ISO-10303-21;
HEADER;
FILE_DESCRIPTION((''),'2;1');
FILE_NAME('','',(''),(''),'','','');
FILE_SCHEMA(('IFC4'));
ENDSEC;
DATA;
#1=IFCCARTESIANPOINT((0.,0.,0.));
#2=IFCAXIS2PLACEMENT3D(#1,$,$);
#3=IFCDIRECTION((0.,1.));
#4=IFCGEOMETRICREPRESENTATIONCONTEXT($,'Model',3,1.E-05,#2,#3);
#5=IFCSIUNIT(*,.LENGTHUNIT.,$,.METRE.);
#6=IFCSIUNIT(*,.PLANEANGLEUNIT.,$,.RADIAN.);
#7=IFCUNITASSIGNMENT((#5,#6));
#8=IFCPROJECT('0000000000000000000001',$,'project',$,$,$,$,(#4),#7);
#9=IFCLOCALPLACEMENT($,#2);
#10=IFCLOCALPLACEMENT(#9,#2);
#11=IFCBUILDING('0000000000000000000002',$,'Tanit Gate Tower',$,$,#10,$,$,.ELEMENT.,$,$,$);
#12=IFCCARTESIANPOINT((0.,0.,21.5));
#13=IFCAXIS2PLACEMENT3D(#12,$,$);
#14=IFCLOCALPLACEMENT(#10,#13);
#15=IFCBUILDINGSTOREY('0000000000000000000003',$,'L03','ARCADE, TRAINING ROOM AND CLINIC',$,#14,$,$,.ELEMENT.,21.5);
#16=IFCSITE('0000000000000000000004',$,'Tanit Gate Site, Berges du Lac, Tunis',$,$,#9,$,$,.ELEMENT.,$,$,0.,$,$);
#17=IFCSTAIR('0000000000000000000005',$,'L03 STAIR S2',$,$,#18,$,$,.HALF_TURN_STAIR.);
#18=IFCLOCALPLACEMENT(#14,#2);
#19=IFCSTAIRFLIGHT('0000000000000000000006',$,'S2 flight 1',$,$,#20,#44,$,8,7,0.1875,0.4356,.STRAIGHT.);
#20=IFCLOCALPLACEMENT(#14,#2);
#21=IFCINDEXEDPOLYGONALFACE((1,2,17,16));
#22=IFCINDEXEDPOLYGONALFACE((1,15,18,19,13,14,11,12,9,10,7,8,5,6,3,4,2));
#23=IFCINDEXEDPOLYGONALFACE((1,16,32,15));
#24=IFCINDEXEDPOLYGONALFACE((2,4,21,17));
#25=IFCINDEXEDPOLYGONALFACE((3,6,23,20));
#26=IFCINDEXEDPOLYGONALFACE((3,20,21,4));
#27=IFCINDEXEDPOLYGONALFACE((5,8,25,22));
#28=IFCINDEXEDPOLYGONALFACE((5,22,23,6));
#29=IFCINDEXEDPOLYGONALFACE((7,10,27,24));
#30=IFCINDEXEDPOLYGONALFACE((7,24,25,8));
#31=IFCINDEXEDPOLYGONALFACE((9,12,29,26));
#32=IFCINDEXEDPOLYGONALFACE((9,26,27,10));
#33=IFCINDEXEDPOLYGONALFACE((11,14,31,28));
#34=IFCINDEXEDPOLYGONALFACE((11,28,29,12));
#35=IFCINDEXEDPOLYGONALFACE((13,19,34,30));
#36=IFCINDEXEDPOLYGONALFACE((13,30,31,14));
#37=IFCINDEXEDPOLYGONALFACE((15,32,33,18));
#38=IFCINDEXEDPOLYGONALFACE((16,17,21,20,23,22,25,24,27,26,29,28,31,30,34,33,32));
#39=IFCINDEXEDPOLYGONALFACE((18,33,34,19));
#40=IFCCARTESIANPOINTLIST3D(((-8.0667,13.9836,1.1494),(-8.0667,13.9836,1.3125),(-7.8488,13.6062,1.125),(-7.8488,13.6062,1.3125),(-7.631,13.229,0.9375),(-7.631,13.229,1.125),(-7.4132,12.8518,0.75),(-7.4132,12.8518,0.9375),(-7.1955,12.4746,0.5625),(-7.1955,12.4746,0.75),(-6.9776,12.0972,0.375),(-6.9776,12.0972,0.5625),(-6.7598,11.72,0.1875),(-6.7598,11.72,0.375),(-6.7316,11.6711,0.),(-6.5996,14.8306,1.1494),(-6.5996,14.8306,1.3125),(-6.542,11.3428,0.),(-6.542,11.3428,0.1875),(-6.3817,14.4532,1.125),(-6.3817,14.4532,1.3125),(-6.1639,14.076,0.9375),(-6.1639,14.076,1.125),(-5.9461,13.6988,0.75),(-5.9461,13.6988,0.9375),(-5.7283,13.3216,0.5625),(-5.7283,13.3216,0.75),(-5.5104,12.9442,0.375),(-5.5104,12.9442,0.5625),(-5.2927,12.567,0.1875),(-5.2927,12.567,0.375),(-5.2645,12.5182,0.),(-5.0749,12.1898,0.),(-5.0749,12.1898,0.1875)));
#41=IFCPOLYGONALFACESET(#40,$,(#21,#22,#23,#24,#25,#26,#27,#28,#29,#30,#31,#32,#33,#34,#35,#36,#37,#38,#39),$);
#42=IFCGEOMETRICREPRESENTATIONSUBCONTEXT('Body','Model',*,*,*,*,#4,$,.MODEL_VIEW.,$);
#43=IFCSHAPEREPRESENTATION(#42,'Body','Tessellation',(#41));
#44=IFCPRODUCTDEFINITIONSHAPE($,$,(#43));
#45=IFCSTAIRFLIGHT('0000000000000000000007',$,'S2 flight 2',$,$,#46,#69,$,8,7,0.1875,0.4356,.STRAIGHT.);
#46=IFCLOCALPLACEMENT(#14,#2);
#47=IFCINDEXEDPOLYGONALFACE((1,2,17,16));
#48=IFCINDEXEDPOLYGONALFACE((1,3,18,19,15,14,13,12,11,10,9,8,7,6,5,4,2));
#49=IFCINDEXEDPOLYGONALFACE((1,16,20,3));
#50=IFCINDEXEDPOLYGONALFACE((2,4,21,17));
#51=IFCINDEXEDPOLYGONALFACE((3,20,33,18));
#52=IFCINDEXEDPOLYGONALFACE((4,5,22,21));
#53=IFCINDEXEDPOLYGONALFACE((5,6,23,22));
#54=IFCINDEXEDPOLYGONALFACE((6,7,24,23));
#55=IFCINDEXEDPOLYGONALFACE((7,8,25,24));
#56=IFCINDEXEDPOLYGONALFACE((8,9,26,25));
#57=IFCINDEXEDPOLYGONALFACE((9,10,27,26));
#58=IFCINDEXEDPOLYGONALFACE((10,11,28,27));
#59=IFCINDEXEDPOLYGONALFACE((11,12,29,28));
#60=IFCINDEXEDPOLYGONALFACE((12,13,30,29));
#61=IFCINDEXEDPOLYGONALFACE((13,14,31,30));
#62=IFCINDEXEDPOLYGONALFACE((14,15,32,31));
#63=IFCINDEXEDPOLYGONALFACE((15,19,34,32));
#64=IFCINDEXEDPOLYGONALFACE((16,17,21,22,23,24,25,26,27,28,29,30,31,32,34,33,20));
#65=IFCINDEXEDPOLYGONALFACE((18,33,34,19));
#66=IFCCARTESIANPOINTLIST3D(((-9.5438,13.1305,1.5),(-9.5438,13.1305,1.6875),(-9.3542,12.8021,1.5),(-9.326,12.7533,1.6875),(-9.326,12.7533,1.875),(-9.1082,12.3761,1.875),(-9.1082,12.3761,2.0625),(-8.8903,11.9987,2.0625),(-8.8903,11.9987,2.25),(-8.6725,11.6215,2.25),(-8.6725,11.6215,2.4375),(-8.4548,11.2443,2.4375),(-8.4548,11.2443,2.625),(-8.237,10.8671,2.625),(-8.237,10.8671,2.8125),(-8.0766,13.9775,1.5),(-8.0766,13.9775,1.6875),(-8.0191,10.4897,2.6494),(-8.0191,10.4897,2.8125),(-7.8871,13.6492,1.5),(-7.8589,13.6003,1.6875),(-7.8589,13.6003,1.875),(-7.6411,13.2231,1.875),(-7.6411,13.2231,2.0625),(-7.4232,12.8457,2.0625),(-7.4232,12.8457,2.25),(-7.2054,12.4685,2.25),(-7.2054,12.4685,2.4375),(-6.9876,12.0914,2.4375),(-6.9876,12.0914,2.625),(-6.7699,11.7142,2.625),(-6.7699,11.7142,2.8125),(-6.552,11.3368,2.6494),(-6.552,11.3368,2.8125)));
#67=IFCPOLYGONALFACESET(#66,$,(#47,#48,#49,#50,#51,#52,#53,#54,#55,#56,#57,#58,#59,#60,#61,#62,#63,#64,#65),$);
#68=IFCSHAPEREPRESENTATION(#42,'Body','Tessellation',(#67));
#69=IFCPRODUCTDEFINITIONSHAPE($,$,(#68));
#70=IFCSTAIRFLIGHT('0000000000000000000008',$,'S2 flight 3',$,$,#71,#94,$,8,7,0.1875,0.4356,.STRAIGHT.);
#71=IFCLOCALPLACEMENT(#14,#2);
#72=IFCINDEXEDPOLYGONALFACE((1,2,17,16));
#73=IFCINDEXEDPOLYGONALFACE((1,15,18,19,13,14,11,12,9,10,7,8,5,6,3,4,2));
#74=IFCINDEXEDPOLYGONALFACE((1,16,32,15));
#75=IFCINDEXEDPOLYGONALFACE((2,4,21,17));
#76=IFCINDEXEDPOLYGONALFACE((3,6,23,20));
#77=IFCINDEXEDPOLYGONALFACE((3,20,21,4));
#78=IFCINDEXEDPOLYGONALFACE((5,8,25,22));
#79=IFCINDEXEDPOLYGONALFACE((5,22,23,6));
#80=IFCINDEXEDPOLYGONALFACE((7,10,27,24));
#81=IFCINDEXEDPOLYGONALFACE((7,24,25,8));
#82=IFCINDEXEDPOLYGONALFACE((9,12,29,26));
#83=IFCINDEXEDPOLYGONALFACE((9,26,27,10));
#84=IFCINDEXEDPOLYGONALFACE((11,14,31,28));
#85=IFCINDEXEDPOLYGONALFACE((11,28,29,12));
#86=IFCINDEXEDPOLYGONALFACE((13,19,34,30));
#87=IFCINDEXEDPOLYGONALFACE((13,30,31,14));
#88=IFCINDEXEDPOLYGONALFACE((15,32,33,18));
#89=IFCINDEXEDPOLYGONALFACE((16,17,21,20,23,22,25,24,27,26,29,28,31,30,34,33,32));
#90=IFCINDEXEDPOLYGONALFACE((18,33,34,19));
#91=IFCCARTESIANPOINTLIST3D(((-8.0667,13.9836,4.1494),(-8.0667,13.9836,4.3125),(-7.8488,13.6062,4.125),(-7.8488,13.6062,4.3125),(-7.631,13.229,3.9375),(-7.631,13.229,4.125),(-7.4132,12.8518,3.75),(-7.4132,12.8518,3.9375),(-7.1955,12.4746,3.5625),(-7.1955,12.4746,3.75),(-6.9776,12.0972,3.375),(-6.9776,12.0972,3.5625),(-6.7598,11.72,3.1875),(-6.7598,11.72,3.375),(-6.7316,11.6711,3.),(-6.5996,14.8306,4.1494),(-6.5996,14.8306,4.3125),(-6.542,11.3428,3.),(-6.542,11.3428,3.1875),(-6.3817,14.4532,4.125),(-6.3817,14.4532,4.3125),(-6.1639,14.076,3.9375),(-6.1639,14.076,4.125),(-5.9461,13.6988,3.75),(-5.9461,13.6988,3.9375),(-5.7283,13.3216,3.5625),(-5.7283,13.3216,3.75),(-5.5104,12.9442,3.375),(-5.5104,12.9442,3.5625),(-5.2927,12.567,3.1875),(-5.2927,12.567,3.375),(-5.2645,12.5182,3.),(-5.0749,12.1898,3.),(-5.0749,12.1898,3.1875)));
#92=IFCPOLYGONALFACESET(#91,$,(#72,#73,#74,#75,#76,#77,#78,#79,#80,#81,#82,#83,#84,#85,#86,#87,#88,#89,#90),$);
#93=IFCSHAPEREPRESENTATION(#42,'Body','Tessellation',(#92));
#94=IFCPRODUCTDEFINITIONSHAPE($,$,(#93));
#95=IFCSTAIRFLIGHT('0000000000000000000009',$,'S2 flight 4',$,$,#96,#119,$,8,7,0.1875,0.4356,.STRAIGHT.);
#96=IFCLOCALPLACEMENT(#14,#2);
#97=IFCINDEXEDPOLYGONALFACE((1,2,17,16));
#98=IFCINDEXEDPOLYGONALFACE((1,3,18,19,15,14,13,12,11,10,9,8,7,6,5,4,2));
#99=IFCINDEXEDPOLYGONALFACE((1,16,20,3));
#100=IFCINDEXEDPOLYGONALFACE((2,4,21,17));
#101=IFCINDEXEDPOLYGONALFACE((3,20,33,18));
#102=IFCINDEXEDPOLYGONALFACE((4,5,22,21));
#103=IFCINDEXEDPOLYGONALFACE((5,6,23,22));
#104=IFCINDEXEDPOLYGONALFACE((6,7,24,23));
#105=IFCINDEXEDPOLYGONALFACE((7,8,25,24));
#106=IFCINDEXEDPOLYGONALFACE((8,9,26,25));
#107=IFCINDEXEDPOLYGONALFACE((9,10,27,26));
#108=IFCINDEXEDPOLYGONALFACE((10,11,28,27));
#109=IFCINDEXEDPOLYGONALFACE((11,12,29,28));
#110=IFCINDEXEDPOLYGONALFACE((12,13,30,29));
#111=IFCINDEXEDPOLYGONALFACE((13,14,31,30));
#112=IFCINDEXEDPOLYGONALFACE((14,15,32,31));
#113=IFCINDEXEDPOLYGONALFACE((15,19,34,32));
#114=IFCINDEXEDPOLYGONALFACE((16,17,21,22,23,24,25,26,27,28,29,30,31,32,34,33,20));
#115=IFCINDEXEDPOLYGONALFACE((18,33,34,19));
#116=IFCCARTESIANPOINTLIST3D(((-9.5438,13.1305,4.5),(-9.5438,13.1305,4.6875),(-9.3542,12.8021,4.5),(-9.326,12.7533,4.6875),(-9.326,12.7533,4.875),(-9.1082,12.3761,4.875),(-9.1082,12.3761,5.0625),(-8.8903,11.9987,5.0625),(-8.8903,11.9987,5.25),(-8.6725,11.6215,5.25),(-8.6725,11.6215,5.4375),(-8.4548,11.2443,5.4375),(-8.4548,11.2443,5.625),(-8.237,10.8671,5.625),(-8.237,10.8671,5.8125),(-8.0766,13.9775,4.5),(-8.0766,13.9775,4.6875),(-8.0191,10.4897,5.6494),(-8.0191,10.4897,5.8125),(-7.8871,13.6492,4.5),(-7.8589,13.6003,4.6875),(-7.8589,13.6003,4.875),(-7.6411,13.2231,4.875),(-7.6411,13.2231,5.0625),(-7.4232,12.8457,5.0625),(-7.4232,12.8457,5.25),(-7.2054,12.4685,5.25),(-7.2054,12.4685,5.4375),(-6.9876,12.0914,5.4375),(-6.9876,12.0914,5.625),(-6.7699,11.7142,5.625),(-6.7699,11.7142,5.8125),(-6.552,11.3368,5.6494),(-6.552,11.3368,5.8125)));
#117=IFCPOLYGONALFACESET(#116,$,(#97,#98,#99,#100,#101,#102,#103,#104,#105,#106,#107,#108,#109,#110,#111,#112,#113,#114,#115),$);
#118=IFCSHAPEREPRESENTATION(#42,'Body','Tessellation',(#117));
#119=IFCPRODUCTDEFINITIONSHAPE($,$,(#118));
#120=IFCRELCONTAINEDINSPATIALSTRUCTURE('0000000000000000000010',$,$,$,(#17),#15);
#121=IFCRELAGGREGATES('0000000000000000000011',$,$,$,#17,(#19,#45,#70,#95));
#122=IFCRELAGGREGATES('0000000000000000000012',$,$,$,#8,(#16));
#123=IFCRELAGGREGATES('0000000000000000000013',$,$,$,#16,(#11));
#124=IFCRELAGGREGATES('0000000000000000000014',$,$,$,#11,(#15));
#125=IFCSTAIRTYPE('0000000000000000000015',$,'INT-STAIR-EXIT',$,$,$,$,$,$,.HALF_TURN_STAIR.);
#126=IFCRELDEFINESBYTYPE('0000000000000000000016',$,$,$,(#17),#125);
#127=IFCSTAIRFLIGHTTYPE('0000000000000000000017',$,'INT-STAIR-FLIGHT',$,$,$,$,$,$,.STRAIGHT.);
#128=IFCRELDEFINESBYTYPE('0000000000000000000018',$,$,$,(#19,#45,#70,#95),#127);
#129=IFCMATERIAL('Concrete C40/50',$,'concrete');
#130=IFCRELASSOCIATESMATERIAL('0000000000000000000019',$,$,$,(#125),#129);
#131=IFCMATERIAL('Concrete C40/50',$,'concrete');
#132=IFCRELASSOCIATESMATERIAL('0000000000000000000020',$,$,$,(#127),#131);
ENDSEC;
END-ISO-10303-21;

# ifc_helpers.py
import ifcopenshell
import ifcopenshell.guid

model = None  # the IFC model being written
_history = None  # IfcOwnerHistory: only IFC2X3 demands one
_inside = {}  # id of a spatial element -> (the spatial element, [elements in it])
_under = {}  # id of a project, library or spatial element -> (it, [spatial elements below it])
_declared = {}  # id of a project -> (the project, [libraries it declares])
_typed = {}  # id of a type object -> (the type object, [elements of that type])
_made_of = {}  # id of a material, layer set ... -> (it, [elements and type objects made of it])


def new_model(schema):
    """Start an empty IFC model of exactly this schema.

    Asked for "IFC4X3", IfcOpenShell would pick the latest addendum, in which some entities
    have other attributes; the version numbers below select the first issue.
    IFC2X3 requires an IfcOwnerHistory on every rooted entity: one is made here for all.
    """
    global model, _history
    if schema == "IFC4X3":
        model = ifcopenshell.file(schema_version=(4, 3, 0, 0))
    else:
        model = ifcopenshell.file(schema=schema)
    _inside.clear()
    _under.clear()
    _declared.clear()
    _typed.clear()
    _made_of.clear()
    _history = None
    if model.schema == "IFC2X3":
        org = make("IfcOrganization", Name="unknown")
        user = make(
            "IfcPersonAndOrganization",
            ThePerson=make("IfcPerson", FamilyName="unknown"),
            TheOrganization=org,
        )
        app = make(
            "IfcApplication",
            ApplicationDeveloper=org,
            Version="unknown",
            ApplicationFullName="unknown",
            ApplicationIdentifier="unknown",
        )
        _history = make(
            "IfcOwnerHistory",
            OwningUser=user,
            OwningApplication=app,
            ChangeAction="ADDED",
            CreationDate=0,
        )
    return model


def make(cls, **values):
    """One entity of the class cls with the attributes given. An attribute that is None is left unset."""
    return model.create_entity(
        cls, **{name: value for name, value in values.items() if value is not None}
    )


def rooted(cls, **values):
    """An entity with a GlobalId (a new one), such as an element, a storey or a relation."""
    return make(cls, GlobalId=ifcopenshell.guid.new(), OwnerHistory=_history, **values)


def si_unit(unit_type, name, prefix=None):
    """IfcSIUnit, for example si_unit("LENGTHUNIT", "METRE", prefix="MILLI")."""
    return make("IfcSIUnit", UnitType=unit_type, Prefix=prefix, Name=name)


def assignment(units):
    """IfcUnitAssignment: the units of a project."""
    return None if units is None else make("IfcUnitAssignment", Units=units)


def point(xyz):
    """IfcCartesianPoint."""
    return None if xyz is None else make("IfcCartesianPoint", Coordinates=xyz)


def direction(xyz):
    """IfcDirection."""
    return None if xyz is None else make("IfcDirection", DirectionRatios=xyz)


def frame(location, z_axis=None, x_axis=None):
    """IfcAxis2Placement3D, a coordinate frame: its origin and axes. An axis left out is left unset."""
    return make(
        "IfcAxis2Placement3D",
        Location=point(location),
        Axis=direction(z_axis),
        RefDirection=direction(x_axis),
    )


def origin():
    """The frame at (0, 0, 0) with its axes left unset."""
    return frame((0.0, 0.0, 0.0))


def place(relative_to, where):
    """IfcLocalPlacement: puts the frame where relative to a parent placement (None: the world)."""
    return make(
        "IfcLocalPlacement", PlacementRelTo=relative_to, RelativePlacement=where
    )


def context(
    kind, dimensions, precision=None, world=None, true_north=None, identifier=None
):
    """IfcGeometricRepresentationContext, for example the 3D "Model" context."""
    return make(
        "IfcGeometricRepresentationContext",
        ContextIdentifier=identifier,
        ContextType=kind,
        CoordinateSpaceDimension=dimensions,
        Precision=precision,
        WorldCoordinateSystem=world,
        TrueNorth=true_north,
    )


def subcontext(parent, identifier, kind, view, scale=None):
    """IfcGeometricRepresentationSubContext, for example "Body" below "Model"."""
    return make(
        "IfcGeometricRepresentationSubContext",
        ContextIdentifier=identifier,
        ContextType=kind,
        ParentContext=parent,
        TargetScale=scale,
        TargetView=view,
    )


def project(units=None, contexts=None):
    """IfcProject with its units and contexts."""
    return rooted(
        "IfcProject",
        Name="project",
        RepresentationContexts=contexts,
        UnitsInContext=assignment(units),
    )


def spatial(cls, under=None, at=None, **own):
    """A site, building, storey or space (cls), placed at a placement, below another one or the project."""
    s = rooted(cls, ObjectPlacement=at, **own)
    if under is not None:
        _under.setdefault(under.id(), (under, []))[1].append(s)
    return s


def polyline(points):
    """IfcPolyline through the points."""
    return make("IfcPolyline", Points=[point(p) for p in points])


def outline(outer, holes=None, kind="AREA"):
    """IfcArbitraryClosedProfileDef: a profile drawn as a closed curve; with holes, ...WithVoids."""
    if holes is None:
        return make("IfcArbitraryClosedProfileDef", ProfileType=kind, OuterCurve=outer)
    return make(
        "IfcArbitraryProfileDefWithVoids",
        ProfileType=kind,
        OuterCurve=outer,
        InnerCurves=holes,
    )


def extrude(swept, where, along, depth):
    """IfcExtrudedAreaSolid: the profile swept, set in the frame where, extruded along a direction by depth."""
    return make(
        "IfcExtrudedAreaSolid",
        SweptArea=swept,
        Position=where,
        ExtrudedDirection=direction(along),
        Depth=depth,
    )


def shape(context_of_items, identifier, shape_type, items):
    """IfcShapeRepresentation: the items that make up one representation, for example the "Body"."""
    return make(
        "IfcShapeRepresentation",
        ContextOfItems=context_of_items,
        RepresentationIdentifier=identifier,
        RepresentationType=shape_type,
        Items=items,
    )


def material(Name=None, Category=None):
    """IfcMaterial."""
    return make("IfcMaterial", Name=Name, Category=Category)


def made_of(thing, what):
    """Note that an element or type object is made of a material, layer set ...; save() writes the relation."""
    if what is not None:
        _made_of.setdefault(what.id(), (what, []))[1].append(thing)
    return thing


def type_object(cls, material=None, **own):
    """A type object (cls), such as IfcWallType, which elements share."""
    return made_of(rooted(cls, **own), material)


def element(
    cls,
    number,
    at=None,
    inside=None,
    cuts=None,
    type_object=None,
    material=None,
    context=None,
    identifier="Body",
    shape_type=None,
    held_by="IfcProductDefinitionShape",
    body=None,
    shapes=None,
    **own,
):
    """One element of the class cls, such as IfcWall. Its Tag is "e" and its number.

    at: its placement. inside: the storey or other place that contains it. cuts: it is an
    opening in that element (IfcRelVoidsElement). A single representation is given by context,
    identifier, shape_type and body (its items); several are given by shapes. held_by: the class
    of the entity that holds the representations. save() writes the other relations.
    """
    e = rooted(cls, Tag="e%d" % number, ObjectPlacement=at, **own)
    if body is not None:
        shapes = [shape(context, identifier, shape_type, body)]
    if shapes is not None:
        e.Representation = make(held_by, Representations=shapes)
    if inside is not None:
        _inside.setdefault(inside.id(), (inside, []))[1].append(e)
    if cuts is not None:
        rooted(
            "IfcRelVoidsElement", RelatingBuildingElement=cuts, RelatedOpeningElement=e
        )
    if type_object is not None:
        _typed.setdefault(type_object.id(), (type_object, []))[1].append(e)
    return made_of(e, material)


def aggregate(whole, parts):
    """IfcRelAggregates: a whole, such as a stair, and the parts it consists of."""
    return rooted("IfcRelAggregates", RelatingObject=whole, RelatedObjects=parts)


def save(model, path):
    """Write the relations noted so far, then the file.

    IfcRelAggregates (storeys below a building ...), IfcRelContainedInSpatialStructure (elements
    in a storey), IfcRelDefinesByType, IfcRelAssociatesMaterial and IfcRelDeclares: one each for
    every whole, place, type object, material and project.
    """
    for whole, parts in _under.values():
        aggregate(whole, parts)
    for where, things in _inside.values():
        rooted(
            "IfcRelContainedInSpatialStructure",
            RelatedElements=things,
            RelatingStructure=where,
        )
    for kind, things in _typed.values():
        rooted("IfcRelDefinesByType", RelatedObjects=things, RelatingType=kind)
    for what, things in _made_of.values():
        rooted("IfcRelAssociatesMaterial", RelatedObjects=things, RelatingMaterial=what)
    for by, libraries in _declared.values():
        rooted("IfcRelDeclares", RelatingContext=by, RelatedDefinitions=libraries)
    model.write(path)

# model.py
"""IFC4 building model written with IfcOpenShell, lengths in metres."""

from ifc_helpers import new_model, si_unit, direction, frame, origin, place, context, subcontext, project, spatial, polyline, outline, extrude, material, type_object, element, aggregate, save


model = new_model("IFC4")

# Units and contexts
model_context = context("Model", 3, precision=1e-05, world=origin(), true_north=direction((0.0, 1.0)))
body_context = subcontext(model_context, "Body", "Model", "MODEL_VIEW")
ifc_project = project(units=[si_unit("LENGTHUNIT", "METRE"), si_unit("PLANEANGLEUNIT", "RADIAN")], contexts=[model_context])

# Site, building, storey
site_placement = place(None, origin())
site = spatial("IfcSite", under=ifc_project, at=site_placement, Name="Tanit Gate Site, Berges du Lac, Tunis", CompositionType="ELEMENT", RefElevation=0.0)
building_placement = place(site_placement, origin())
building = spatial("IfcBuilding", under=site, at=building_placement, Name="Tanit Gate Tower", CompositionType="ELEMENT")
storey_placement = place(building_placement, frame((0.0, 0.0, 21.5)))
storey = spatial("IfcBuildingStorey", under=building, at=storey_placement, Name="L03", Description="ARCADE, TRAINING ROOM AND CLINIC", CompositionType="ELEMENT", Elevation=21.5)

# Stair, stair flights
ifc_material_1 = material(Name="Concrete C40/50", Category="concrete")
stair_type = type_object("IfcStairType", Name="INT-STAIR-EXIT", PredefinedType="HALF_TURN_STAIR", material=ifc_material_1)
stair_placement = place(storey_placement, origin())
stair = element("IfcStair", 1, at=stair_placement, inside=storey, type_object=stair_type, Name="L03 STAIR S2", PredefinedType="HALF_TURN_STAIR")
ifc_material_2 = material(Name="Concrete C40/50", Category="concrete")
stair_flight_type = type_object("IfcStairFlightType", Name="INT-STAIR-FLIGHT", PredefinedType="STRAIGHT", material=ifc_material_2)
stair_flight_1_placement = place(storey_placement, frame((-5.8083, 11.7664, 0.0), z_axis=(0.0, 0.0, 1.0), x_axis=(-0.5, 0.866025, 0.0)))
stair_flight_1 = element("IfcStairFlight", 2, at=stair_flight_1_placement, type_object=stair_flight_type, Name="S2 flight 1", NumberOfRisers=8, NumberOfTreads=7, PredefinedType="STRAIGHT", RiserHeight=0.1875, TreadLength=0.4356, context=body_context, shape_type="SweptSolid", body=[
    extrude(outline(polyline([(0.0, 0.0), (0.0, 0.1875), (0.4355, 0.1875), (0.4355, 0.375), (0.8711, 0.375), (0.8711, 0.5625), (1.3069, 0.5625), (1.3069, 0.75), (1.7424, 0.75), (1.7424, 0.9375), (2.178, 0.9375), (2.178, 1.125), (2.6135, 1.125), (2.6135, 1.3125), (3.0493, 1.3125), (3.0493, 1.5), (3.0493, 1.1494), (0.3792, 0.0), (0.0, 0.0)])), frame((0.0, 0.8472, 0.0), z_axis=(0.0, -1.0, 0.0), x_axis=(1.0, 0.0, 0.0)), (0.0, 0.0, 1.0), 1.6941),
])
stair_flight_2_placement = place(storey_placement, frame((-8.8103, 13.554, 1.5), z_axis=(0.0, 0.0, 1.0), x_axis=(0.5, -0.866025, 0.0)))
stair_flight_2 = element("IfcStairFlight", 3, at=stair_flight_2_placement, type_object=stair_flight_type, Name="S2 flight 2", NumberOfRisers=8, NumberOfTreads=7, PredefinedType="STRAIGHT", RiserHeight=0.1875, TreadLength=0.4356, context=body_context, shape_type="SweptSolid", body=[
    extrude(outline(polyline([(0.0, 0.0), (0.0, 0.1875), (0.4355, 0.1875), (0.4355, 0.375), (0.8711, 0.375), (0.8711, 0.5625), (1.3069, 0.5625), (1.3069, 0.75), (1.7424, 0.75), (1.7424, 0.9375), (2.178, 0.9375), (2.178, 1.125), (2.6135, 1.125), (2.6135, 1.3125), (3.0493, 1.3125), (3.0493, 1.5), (3.0493, 1.1494), (0.3792, 0.0), (0.0, 0.0)])), frame((0.0, 0.8472, 0.0), z_axis=(0.0, -1.0, 0.0), x_axis=(1.0, 0.0, 0.0)), (0.0, 0.0, 1.0), 1.6941),
])
stair_flight_3_placement = place(storey_placement, frame((-5.8083, 11.7664, 3.0), z_axis=(0.0, 0.0, 1.0), x_axis=(-0.5, 0.866025, 0.0)))
stair_flight_3 = element("IfcStairFlight", 4, at=stair_flight_3_placement, type_object=stair_flight_type, Name="S2 flight 3", NumberOfRisers=8, NumberOfTreads=7, PredefinedType="STRAIGHT", RiserHeight=0.1875, TreadLength=0.4356, context=body_context, shape_type="SweptSolid", body=[
    extrude(outline(polyline([(0.0, 0.0), (0.0, 0.1875), (0.4355, 0.1875), (0.4355, 0.375), (0.8711, 0.375), (0.8711, 0.5625), (1.3069, 0.5625), (1.3069, 0.75), (1.7424, 0.75), (1.7424, 0.9375), (2.178, 0.9375), (2.178, 1.125), (2.6135, 1.125), (2.6135, 1.3125), (3.0493, 1.3125), (3.0493, 1.5), (3.0493, 1.1494), (0.3792, 0.0), (0.0, 0.0)])), frame((0.0, 0.8472, 0.0), z_axis=(0.0, -1.0, 0.0), x_axis=(1.0, 0.0, 0.0)), (0.0, 0.0, 1.0), 1.6941),
])
stair_flight_4_placement = place(storey_placement, frame((-8.8103, 13.554, 4.5), z_axis=(0.0, 0.0, 1.0), x_axis=(0.5, -0.866025, 0.0)))
stair_flight_4 = element("IfcStairFlight", 5, at=stair_flight_4_placement, type_object=stair_flight_type, Name="S2 flight 4", NumberOfRisers=8, NumberOfTreads=7, PredefinedType="STRAIGHT", RiserHeight=0.1875, TreadLength=0.4356, context=body_context, shape_type="SweptSolid", body=[
    extrude(outline(polyline([(0.0, 0.0), (0.0, 0.1875), (0.4355, 0.1875), (0.4355, 0.375), (0.8711, 0.375), (0.8711, 0.5625), (1.3069, 0.5625), (1.3069, 0.75), (1.7424, 0.75), (1.7424, 0.9375), (2.178, 0.9375), (2.178, 1.125), (2.6135, 1.125), (2.6135, 1.3125), (3.0493, 1.3125), (3.0493, 1.5), (3.0493, 1.1494), (0.3792, 0.0), (0.0, 0.0)])), frame((0.0, 0.8472, 0.0), z_axis=(0.0, -1.0, 0.0), x_axis=(1.0, 0.0, 0.0)), (0.0, 0.0, 1.0), 1.6941),
])
aggregate(stair, [stair_flight_1, stair_flight_2, stair_flight_3, stair_flight_4])

save(model, "model.ifc")
